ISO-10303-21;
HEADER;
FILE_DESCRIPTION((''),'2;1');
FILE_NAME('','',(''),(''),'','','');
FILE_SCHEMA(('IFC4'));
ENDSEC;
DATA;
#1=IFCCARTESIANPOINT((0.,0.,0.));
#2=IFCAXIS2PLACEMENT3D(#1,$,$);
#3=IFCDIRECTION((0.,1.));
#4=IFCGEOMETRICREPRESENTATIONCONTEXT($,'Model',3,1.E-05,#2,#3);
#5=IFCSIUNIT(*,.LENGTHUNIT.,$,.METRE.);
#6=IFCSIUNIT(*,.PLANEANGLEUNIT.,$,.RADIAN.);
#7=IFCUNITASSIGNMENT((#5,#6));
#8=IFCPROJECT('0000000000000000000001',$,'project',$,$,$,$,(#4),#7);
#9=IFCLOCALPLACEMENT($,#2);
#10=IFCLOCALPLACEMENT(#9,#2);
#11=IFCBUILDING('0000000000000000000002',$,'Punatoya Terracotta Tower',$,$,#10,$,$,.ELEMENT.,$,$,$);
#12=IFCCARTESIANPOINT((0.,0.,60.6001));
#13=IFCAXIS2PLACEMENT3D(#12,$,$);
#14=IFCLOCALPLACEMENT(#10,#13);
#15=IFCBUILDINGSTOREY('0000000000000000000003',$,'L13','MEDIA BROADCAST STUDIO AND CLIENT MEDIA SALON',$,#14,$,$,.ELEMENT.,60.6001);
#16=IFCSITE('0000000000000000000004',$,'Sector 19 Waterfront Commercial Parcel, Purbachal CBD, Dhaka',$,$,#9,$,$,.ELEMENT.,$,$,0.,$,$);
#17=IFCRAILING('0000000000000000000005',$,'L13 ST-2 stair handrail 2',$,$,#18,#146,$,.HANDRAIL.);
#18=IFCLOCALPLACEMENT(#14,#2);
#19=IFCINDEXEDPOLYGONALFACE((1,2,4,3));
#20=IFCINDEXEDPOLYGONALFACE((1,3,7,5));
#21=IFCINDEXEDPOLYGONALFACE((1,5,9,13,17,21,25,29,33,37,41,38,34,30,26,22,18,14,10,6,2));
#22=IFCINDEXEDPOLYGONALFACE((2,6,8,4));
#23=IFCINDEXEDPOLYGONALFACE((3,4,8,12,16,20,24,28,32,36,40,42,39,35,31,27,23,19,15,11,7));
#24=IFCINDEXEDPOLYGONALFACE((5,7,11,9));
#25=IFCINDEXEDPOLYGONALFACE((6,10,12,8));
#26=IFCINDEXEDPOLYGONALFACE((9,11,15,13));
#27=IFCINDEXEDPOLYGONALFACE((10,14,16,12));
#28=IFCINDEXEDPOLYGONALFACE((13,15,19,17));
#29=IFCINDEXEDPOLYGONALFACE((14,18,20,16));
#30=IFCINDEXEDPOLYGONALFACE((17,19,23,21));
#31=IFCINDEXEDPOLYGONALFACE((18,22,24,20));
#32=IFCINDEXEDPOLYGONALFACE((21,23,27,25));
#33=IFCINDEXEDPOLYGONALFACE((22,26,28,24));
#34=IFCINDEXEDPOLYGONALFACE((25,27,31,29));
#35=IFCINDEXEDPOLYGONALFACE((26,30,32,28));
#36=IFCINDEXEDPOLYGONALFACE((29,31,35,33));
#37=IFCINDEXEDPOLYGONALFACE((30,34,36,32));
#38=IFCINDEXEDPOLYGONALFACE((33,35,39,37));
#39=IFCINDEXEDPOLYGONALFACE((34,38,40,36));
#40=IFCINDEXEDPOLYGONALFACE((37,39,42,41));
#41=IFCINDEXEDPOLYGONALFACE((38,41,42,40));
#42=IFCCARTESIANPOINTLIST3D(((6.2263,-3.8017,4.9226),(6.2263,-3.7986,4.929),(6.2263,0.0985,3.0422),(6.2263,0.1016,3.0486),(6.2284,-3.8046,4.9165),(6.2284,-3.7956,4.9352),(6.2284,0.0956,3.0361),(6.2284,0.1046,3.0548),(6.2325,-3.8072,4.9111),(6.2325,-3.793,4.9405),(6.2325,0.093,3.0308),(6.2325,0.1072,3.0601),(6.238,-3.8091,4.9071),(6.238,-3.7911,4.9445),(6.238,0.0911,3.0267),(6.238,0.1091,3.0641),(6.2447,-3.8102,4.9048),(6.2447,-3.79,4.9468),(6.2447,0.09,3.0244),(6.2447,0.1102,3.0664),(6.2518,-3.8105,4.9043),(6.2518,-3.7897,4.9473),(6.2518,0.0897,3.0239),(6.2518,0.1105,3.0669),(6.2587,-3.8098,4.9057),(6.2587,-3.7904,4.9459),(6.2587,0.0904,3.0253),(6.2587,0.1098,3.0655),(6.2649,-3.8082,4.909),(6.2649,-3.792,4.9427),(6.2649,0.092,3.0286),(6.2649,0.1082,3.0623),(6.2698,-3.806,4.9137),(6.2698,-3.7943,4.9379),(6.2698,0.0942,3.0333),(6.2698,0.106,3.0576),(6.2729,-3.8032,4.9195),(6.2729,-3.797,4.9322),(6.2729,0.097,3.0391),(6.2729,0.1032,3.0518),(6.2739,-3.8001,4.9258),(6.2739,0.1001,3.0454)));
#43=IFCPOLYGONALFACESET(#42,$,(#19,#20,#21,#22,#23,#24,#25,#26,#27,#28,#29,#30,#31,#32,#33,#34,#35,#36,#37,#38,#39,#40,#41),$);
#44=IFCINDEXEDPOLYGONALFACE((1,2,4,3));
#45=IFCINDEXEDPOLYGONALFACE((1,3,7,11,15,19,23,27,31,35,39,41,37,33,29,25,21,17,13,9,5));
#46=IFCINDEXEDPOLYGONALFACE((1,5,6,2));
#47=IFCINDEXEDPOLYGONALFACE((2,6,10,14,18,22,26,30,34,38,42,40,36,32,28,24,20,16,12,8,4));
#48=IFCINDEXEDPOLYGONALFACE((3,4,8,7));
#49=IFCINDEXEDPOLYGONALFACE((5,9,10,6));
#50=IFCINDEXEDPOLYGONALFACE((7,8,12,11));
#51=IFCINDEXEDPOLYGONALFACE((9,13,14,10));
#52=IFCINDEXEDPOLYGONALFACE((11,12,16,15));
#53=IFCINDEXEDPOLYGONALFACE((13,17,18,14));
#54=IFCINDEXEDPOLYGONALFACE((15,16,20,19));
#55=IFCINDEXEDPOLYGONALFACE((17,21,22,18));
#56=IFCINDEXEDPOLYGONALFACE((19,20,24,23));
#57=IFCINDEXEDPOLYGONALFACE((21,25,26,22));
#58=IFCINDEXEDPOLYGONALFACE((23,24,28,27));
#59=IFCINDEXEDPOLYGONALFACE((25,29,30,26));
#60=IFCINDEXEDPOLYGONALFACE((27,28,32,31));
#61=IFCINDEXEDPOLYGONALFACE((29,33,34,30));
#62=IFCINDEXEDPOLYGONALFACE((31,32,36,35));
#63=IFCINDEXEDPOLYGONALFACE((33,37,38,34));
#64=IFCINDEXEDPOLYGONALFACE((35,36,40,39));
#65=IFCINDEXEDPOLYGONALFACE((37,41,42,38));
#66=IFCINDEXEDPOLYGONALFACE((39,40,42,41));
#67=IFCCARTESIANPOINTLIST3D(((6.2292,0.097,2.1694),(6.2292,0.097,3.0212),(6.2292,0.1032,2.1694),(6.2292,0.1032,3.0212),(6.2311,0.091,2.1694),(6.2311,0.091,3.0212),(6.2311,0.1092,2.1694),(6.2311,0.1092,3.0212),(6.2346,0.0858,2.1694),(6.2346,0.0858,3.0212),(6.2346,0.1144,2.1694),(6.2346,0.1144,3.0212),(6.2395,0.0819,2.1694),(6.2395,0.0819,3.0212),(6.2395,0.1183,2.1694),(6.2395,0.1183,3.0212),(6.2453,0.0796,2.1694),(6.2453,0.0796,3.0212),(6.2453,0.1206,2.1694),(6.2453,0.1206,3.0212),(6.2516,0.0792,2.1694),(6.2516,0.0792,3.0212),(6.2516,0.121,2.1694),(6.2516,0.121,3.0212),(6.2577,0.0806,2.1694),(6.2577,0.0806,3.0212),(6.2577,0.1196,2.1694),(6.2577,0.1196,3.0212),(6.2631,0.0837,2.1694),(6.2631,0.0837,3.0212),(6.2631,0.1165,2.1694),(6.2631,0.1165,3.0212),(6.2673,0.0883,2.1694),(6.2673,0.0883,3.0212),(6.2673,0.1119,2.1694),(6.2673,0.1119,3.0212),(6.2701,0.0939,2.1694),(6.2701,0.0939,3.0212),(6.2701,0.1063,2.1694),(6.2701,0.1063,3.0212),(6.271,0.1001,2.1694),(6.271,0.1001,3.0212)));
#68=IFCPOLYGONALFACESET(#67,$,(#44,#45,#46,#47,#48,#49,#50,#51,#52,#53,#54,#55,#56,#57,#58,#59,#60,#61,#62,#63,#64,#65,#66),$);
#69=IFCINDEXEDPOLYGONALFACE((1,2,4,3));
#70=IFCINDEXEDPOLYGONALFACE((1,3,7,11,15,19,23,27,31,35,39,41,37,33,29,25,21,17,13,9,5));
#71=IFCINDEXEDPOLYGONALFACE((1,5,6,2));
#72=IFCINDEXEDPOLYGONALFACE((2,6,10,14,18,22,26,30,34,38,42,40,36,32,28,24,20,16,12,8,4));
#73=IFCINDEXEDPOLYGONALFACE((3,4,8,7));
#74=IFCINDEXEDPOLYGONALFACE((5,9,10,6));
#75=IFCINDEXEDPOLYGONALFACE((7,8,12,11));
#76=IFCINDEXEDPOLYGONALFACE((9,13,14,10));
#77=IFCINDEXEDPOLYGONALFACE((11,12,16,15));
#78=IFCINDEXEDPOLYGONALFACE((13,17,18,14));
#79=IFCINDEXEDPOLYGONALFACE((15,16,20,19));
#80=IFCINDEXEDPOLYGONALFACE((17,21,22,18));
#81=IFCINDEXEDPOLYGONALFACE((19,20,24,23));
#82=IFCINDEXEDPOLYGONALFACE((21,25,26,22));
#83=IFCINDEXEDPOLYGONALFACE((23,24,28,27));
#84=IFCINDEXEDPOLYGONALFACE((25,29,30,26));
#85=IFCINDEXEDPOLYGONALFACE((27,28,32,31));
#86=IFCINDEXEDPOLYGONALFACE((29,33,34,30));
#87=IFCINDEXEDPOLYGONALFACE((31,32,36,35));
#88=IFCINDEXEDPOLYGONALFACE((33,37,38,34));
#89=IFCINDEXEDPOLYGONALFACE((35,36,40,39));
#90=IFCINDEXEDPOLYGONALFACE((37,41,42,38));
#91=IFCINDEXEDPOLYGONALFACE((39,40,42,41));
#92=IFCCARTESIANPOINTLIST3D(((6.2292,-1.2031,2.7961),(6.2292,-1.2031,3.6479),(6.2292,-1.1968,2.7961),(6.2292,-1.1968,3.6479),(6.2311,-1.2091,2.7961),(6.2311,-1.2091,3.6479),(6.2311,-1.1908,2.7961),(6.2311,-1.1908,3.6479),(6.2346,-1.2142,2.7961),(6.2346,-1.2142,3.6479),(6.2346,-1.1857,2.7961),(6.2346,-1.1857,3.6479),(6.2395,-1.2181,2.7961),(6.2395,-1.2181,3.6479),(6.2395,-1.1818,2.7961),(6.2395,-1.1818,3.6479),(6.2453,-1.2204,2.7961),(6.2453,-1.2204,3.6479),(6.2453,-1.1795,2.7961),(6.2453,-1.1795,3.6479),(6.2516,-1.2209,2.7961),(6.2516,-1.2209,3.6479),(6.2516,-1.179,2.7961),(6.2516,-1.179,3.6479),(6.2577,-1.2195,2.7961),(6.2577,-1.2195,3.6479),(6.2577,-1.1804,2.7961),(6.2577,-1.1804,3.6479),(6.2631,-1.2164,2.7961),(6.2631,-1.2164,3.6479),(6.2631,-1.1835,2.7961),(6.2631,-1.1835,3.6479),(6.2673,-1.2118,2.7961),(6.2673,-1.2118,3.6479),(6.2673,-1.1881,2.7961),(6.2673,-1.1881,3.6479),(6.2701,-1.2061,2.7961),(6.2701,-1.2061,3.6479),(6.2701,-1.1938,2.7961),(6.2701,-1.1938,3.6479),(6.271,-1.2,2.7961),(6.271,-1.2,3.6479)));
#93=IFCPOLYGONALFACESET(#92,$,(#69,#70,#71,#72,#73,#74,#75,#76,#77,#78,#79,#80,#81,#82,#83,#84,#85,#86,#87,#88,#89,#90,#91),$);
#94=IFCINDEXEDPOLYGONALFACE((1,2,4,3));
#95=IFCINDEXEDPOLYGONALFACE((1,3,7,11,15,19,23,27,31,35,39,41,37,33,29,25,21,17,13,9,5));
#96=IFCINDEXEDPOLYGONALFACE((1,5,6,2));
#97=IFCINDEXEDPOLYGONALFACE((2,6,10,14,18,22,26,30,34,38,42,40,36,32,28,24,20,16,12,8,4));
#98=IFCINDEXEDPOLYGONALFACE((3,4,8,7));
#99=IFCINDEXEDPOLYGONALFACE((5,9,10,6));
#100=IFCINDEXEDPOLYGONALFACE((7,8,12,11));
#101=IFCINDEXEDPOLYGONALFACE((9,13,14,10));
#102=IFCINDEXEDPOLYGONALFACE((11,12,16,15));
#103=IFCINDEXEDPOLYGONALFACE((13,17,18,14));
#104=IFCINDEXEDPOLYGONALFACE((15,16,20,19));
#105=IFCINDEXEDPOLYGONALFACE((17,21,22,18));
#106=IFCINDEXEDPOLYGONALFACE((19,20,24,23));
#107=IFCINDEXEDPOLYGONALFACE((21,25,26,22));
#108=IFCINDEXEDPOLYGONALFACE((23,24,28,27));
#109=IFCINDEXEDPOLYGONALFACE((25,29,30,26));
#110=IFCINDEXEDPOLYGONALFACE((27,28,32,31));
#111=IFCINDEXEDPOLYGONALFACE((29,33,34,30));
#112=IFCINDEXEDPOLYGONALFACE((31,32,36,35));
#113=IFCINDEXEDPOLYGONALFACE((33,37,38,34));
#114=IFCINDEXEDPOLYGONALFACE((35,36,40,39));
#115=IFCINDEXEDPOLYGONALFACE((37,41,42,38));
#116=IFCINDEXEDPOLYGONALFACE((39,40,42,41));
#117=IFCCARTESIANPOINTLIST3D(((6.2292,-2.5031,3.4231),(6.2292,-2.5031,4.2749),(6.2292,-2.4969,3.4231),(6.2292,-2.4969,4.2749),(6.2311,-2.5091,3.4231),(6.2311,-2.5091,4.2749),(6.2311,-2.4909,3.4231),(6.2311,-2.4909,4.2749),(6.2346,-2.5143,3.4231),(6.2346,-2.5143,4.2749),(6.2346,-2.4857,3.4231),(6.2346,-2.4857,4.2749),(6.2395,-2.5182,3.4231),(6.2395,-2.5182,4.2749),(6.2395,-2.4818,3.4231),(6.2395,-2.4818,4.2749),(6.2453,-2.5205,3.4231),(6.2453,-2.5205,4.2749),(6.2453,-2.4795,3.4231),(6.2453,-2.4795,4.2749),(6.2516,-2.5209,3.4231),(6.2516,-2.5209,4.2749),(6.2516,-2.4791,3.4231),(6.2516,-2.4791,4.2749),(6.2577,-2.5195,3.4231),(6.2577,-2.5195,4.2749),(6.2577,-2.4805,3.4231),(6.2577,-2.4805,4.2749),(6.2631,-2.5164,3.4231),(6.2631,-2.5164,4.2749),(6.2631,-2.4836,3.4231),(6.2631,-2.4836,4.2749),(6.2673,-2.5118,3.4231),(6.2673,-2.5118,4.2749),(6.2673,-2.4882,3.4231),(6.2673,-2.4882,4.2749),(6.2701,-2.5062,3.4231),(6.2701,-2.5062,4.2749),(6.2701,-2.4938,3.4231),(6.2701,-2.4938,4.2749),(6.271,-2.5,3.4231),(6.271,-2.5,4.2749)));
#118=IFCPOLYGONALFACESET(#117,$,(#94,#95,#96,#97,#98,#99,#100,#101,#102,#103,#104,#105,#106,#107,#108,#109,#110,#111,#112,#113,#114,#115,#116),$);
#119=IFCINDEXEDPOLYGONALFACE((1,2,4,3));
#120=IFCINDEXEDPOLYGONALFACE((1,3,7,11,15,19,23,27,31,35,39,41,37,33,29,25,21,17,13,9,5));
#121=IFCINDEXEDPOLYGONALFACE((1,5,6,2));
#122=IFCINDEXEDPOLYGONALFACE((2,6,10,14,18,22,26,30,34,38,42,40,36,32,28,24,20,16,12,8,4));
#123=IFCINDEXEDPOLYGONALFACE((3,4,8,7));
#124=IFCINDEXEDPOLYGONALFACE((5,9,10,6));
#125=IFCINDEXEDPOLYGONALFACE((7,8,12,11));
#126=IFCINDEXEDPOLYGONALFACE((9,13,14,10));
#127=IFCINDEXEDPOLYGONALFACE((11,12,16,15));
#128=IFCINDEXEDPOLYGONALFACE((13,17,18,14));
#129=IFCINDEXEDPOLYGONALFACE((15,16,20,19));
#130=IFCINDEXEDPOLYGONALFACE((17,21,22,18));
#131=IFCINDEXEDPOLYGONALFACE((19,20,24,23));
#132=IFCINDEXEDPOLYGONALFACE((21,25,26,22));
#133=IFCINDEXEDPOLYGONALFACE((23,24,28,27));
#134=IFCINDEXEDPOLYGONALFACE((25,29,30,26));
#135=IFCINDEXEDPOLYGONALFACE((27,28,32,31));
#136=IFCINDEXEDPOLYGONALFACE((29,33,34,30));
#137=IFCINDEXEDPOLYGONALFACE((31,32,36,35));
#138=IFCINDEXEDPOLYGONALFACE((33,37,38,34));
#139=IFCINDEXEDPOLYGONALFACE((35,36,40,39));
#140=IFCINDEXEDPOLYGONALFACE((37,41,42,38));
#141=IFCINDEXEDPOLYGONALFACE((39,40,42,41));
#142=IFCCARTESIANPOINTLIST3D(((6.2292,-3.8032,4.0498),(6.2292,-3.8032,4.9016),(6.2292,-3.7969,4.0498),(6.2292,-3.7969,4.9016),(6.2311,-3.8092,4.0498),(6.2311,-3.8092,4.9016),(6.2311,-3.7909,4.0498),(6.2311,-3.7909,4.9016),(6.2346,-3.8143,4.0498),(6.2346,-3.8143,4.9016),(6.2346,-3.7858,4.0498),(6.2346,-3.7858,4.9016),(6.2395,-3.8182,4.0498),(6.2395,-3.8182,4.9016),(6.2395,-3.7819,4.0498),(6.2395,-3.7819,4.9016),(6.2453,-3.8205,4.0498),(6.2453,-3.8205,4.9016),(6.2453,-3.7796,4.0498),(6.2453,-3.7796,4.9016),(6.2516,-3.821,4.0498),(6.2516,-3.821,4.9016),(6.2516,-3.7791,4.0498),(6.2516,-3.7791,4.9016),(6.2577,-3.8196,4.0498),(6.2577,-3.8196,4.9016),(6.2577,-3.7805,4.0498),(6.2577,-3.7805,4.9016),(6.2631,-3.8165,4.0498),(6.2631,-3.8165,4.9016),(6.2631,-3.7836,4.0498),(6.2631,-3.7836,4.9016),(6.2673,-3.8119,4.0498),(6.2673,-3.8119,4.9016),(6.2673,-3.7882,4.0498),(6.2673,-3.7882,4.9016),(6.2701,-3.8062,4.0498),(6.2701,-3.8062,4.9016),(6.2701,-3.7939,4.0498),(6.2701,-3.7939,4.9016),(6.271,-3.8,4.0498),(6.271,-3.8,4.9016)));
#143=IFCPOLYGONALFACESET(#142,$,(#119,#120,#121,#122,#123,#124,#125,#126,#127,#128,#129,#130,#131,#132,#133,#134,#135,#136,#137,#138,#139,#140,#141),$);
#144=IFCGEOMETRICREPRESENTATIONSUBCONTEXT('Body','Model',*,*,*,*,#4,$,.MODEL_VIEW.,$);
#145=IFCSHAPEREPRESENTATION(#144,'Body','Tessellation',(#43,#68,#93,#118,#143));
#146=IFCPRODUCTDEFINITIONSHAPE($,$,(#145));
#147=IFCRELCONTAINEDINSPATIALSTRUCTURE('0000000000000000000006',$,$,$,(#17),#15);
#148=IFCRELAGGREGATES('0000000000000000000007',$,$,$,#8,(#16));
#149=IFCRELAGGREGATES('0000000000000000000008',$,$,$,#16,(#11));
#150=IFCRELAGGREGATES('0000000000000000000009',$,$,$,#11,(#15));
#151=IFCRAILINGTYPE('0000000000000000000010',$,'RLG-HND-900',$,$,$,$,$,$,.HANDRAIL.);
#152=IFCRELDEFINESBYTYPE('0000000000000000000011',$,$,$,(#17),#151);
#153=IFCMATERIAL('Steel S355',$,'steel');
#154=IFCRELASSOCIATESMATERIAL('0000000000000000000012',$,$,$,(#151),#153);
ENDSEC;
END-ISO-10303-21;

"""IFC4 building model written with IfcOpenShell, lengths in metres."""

from ifc_helpers import new_model, si_unit, direction, frame, origin, origin_2d, place, context, subcontext, project, spatial, circle, extrude, material, type_object, element, save


model = new_model("IFC4")

# Units and contexts
model_context = context("Model", 3, precision=1e-05, world=origin(), true_north=direction((0.0, 1.0)))
body_context = subcontext(model_context, "Body", "Model", "MODEL_VIEW")
ifc_project = project(units=[si_unit("LENGTHUNIT", "METRE"), si_unit("PLANEANGLEUNIT", "RADIAN")], contexts=[model_context])

# Site, building, storey
site_placement = place(None, origin())
site = spatial("IfcSite", under=ifc_project, at=site_placement, Name="Sector 19 Waterfront Commercial Parcel, Purbachal CBD, Dhaka", CompositionType="ELEMENT", RefElevation=0.0)
building_placement = place(site_placement, origin())
building = spatial("IfcBuilding", under=site, at=building_placement, Name="Punatoya Terracotta Tower", CompositionType="ELEMENT")
storey_placement = place(building_placement, frame((0.0, 0.0, 60.6001)))
storey = spatial("IfcBuildingStorey", under=building, at=storey_placement, Name="L13", Description="MEDIA BROADCAST STUDIO AND CLIENT MEDIA SALON", CompositionType="ELEMENT", Elevation=60.6001)

# Shared definitions
ifc_material_1 = material(Name="Steel S355", Category="steel")

# Railing
railing_type_1 = type_object("IfcRailingType", Name="RLG-HND-900", PredefinedType="HANDRAIL", material=ifc_material_1)
railing_1_placement = place(storey_placement, frame((6.25, 0.1001, 2.1694)))
element("IfcRailing", 1, at=railing_1_placement, inside=storey, type_object=railing_type_1, Name="L13 ST-2 stair handrail 2", PredefinedType="HANDRAIL", context=body_context, shape_type="SweptSolid", body=[
    extrude(circle(Radius=0.0239, at=origin_2d()), frame((0.0, 0.0, 0.876), z_axis=(0.0, -0.900774, 0.434289), x_axis=(1.0, 0.0, 0.0)), (0.0, 0.0, 1.0), 4.3298),
    extrude(circle(Radius=0.021, at=origin_2d()), origin(), (0.0, 0.0, 1.0), 0.8518),
    extrude(circle(Radius=0.021, at=origin_2d()), frame((0.0, -1.3, 0.6267)), (0.0, 0.0, 1.0), 0.8518),
    extrude(circle(Radius=0.021, at=origin_2d()), frame((0.0, -2.6001, 1.2537)), (0.0, 0.0, 1.0), 0.8518),
    extrude(circle(Radius=0.021, at=origin_2d()), frame((0.0, -3.9001, 1.8804)), (0.0, 0.0, 1.0), 0.8518),
])

save(model, "model.ifc")
